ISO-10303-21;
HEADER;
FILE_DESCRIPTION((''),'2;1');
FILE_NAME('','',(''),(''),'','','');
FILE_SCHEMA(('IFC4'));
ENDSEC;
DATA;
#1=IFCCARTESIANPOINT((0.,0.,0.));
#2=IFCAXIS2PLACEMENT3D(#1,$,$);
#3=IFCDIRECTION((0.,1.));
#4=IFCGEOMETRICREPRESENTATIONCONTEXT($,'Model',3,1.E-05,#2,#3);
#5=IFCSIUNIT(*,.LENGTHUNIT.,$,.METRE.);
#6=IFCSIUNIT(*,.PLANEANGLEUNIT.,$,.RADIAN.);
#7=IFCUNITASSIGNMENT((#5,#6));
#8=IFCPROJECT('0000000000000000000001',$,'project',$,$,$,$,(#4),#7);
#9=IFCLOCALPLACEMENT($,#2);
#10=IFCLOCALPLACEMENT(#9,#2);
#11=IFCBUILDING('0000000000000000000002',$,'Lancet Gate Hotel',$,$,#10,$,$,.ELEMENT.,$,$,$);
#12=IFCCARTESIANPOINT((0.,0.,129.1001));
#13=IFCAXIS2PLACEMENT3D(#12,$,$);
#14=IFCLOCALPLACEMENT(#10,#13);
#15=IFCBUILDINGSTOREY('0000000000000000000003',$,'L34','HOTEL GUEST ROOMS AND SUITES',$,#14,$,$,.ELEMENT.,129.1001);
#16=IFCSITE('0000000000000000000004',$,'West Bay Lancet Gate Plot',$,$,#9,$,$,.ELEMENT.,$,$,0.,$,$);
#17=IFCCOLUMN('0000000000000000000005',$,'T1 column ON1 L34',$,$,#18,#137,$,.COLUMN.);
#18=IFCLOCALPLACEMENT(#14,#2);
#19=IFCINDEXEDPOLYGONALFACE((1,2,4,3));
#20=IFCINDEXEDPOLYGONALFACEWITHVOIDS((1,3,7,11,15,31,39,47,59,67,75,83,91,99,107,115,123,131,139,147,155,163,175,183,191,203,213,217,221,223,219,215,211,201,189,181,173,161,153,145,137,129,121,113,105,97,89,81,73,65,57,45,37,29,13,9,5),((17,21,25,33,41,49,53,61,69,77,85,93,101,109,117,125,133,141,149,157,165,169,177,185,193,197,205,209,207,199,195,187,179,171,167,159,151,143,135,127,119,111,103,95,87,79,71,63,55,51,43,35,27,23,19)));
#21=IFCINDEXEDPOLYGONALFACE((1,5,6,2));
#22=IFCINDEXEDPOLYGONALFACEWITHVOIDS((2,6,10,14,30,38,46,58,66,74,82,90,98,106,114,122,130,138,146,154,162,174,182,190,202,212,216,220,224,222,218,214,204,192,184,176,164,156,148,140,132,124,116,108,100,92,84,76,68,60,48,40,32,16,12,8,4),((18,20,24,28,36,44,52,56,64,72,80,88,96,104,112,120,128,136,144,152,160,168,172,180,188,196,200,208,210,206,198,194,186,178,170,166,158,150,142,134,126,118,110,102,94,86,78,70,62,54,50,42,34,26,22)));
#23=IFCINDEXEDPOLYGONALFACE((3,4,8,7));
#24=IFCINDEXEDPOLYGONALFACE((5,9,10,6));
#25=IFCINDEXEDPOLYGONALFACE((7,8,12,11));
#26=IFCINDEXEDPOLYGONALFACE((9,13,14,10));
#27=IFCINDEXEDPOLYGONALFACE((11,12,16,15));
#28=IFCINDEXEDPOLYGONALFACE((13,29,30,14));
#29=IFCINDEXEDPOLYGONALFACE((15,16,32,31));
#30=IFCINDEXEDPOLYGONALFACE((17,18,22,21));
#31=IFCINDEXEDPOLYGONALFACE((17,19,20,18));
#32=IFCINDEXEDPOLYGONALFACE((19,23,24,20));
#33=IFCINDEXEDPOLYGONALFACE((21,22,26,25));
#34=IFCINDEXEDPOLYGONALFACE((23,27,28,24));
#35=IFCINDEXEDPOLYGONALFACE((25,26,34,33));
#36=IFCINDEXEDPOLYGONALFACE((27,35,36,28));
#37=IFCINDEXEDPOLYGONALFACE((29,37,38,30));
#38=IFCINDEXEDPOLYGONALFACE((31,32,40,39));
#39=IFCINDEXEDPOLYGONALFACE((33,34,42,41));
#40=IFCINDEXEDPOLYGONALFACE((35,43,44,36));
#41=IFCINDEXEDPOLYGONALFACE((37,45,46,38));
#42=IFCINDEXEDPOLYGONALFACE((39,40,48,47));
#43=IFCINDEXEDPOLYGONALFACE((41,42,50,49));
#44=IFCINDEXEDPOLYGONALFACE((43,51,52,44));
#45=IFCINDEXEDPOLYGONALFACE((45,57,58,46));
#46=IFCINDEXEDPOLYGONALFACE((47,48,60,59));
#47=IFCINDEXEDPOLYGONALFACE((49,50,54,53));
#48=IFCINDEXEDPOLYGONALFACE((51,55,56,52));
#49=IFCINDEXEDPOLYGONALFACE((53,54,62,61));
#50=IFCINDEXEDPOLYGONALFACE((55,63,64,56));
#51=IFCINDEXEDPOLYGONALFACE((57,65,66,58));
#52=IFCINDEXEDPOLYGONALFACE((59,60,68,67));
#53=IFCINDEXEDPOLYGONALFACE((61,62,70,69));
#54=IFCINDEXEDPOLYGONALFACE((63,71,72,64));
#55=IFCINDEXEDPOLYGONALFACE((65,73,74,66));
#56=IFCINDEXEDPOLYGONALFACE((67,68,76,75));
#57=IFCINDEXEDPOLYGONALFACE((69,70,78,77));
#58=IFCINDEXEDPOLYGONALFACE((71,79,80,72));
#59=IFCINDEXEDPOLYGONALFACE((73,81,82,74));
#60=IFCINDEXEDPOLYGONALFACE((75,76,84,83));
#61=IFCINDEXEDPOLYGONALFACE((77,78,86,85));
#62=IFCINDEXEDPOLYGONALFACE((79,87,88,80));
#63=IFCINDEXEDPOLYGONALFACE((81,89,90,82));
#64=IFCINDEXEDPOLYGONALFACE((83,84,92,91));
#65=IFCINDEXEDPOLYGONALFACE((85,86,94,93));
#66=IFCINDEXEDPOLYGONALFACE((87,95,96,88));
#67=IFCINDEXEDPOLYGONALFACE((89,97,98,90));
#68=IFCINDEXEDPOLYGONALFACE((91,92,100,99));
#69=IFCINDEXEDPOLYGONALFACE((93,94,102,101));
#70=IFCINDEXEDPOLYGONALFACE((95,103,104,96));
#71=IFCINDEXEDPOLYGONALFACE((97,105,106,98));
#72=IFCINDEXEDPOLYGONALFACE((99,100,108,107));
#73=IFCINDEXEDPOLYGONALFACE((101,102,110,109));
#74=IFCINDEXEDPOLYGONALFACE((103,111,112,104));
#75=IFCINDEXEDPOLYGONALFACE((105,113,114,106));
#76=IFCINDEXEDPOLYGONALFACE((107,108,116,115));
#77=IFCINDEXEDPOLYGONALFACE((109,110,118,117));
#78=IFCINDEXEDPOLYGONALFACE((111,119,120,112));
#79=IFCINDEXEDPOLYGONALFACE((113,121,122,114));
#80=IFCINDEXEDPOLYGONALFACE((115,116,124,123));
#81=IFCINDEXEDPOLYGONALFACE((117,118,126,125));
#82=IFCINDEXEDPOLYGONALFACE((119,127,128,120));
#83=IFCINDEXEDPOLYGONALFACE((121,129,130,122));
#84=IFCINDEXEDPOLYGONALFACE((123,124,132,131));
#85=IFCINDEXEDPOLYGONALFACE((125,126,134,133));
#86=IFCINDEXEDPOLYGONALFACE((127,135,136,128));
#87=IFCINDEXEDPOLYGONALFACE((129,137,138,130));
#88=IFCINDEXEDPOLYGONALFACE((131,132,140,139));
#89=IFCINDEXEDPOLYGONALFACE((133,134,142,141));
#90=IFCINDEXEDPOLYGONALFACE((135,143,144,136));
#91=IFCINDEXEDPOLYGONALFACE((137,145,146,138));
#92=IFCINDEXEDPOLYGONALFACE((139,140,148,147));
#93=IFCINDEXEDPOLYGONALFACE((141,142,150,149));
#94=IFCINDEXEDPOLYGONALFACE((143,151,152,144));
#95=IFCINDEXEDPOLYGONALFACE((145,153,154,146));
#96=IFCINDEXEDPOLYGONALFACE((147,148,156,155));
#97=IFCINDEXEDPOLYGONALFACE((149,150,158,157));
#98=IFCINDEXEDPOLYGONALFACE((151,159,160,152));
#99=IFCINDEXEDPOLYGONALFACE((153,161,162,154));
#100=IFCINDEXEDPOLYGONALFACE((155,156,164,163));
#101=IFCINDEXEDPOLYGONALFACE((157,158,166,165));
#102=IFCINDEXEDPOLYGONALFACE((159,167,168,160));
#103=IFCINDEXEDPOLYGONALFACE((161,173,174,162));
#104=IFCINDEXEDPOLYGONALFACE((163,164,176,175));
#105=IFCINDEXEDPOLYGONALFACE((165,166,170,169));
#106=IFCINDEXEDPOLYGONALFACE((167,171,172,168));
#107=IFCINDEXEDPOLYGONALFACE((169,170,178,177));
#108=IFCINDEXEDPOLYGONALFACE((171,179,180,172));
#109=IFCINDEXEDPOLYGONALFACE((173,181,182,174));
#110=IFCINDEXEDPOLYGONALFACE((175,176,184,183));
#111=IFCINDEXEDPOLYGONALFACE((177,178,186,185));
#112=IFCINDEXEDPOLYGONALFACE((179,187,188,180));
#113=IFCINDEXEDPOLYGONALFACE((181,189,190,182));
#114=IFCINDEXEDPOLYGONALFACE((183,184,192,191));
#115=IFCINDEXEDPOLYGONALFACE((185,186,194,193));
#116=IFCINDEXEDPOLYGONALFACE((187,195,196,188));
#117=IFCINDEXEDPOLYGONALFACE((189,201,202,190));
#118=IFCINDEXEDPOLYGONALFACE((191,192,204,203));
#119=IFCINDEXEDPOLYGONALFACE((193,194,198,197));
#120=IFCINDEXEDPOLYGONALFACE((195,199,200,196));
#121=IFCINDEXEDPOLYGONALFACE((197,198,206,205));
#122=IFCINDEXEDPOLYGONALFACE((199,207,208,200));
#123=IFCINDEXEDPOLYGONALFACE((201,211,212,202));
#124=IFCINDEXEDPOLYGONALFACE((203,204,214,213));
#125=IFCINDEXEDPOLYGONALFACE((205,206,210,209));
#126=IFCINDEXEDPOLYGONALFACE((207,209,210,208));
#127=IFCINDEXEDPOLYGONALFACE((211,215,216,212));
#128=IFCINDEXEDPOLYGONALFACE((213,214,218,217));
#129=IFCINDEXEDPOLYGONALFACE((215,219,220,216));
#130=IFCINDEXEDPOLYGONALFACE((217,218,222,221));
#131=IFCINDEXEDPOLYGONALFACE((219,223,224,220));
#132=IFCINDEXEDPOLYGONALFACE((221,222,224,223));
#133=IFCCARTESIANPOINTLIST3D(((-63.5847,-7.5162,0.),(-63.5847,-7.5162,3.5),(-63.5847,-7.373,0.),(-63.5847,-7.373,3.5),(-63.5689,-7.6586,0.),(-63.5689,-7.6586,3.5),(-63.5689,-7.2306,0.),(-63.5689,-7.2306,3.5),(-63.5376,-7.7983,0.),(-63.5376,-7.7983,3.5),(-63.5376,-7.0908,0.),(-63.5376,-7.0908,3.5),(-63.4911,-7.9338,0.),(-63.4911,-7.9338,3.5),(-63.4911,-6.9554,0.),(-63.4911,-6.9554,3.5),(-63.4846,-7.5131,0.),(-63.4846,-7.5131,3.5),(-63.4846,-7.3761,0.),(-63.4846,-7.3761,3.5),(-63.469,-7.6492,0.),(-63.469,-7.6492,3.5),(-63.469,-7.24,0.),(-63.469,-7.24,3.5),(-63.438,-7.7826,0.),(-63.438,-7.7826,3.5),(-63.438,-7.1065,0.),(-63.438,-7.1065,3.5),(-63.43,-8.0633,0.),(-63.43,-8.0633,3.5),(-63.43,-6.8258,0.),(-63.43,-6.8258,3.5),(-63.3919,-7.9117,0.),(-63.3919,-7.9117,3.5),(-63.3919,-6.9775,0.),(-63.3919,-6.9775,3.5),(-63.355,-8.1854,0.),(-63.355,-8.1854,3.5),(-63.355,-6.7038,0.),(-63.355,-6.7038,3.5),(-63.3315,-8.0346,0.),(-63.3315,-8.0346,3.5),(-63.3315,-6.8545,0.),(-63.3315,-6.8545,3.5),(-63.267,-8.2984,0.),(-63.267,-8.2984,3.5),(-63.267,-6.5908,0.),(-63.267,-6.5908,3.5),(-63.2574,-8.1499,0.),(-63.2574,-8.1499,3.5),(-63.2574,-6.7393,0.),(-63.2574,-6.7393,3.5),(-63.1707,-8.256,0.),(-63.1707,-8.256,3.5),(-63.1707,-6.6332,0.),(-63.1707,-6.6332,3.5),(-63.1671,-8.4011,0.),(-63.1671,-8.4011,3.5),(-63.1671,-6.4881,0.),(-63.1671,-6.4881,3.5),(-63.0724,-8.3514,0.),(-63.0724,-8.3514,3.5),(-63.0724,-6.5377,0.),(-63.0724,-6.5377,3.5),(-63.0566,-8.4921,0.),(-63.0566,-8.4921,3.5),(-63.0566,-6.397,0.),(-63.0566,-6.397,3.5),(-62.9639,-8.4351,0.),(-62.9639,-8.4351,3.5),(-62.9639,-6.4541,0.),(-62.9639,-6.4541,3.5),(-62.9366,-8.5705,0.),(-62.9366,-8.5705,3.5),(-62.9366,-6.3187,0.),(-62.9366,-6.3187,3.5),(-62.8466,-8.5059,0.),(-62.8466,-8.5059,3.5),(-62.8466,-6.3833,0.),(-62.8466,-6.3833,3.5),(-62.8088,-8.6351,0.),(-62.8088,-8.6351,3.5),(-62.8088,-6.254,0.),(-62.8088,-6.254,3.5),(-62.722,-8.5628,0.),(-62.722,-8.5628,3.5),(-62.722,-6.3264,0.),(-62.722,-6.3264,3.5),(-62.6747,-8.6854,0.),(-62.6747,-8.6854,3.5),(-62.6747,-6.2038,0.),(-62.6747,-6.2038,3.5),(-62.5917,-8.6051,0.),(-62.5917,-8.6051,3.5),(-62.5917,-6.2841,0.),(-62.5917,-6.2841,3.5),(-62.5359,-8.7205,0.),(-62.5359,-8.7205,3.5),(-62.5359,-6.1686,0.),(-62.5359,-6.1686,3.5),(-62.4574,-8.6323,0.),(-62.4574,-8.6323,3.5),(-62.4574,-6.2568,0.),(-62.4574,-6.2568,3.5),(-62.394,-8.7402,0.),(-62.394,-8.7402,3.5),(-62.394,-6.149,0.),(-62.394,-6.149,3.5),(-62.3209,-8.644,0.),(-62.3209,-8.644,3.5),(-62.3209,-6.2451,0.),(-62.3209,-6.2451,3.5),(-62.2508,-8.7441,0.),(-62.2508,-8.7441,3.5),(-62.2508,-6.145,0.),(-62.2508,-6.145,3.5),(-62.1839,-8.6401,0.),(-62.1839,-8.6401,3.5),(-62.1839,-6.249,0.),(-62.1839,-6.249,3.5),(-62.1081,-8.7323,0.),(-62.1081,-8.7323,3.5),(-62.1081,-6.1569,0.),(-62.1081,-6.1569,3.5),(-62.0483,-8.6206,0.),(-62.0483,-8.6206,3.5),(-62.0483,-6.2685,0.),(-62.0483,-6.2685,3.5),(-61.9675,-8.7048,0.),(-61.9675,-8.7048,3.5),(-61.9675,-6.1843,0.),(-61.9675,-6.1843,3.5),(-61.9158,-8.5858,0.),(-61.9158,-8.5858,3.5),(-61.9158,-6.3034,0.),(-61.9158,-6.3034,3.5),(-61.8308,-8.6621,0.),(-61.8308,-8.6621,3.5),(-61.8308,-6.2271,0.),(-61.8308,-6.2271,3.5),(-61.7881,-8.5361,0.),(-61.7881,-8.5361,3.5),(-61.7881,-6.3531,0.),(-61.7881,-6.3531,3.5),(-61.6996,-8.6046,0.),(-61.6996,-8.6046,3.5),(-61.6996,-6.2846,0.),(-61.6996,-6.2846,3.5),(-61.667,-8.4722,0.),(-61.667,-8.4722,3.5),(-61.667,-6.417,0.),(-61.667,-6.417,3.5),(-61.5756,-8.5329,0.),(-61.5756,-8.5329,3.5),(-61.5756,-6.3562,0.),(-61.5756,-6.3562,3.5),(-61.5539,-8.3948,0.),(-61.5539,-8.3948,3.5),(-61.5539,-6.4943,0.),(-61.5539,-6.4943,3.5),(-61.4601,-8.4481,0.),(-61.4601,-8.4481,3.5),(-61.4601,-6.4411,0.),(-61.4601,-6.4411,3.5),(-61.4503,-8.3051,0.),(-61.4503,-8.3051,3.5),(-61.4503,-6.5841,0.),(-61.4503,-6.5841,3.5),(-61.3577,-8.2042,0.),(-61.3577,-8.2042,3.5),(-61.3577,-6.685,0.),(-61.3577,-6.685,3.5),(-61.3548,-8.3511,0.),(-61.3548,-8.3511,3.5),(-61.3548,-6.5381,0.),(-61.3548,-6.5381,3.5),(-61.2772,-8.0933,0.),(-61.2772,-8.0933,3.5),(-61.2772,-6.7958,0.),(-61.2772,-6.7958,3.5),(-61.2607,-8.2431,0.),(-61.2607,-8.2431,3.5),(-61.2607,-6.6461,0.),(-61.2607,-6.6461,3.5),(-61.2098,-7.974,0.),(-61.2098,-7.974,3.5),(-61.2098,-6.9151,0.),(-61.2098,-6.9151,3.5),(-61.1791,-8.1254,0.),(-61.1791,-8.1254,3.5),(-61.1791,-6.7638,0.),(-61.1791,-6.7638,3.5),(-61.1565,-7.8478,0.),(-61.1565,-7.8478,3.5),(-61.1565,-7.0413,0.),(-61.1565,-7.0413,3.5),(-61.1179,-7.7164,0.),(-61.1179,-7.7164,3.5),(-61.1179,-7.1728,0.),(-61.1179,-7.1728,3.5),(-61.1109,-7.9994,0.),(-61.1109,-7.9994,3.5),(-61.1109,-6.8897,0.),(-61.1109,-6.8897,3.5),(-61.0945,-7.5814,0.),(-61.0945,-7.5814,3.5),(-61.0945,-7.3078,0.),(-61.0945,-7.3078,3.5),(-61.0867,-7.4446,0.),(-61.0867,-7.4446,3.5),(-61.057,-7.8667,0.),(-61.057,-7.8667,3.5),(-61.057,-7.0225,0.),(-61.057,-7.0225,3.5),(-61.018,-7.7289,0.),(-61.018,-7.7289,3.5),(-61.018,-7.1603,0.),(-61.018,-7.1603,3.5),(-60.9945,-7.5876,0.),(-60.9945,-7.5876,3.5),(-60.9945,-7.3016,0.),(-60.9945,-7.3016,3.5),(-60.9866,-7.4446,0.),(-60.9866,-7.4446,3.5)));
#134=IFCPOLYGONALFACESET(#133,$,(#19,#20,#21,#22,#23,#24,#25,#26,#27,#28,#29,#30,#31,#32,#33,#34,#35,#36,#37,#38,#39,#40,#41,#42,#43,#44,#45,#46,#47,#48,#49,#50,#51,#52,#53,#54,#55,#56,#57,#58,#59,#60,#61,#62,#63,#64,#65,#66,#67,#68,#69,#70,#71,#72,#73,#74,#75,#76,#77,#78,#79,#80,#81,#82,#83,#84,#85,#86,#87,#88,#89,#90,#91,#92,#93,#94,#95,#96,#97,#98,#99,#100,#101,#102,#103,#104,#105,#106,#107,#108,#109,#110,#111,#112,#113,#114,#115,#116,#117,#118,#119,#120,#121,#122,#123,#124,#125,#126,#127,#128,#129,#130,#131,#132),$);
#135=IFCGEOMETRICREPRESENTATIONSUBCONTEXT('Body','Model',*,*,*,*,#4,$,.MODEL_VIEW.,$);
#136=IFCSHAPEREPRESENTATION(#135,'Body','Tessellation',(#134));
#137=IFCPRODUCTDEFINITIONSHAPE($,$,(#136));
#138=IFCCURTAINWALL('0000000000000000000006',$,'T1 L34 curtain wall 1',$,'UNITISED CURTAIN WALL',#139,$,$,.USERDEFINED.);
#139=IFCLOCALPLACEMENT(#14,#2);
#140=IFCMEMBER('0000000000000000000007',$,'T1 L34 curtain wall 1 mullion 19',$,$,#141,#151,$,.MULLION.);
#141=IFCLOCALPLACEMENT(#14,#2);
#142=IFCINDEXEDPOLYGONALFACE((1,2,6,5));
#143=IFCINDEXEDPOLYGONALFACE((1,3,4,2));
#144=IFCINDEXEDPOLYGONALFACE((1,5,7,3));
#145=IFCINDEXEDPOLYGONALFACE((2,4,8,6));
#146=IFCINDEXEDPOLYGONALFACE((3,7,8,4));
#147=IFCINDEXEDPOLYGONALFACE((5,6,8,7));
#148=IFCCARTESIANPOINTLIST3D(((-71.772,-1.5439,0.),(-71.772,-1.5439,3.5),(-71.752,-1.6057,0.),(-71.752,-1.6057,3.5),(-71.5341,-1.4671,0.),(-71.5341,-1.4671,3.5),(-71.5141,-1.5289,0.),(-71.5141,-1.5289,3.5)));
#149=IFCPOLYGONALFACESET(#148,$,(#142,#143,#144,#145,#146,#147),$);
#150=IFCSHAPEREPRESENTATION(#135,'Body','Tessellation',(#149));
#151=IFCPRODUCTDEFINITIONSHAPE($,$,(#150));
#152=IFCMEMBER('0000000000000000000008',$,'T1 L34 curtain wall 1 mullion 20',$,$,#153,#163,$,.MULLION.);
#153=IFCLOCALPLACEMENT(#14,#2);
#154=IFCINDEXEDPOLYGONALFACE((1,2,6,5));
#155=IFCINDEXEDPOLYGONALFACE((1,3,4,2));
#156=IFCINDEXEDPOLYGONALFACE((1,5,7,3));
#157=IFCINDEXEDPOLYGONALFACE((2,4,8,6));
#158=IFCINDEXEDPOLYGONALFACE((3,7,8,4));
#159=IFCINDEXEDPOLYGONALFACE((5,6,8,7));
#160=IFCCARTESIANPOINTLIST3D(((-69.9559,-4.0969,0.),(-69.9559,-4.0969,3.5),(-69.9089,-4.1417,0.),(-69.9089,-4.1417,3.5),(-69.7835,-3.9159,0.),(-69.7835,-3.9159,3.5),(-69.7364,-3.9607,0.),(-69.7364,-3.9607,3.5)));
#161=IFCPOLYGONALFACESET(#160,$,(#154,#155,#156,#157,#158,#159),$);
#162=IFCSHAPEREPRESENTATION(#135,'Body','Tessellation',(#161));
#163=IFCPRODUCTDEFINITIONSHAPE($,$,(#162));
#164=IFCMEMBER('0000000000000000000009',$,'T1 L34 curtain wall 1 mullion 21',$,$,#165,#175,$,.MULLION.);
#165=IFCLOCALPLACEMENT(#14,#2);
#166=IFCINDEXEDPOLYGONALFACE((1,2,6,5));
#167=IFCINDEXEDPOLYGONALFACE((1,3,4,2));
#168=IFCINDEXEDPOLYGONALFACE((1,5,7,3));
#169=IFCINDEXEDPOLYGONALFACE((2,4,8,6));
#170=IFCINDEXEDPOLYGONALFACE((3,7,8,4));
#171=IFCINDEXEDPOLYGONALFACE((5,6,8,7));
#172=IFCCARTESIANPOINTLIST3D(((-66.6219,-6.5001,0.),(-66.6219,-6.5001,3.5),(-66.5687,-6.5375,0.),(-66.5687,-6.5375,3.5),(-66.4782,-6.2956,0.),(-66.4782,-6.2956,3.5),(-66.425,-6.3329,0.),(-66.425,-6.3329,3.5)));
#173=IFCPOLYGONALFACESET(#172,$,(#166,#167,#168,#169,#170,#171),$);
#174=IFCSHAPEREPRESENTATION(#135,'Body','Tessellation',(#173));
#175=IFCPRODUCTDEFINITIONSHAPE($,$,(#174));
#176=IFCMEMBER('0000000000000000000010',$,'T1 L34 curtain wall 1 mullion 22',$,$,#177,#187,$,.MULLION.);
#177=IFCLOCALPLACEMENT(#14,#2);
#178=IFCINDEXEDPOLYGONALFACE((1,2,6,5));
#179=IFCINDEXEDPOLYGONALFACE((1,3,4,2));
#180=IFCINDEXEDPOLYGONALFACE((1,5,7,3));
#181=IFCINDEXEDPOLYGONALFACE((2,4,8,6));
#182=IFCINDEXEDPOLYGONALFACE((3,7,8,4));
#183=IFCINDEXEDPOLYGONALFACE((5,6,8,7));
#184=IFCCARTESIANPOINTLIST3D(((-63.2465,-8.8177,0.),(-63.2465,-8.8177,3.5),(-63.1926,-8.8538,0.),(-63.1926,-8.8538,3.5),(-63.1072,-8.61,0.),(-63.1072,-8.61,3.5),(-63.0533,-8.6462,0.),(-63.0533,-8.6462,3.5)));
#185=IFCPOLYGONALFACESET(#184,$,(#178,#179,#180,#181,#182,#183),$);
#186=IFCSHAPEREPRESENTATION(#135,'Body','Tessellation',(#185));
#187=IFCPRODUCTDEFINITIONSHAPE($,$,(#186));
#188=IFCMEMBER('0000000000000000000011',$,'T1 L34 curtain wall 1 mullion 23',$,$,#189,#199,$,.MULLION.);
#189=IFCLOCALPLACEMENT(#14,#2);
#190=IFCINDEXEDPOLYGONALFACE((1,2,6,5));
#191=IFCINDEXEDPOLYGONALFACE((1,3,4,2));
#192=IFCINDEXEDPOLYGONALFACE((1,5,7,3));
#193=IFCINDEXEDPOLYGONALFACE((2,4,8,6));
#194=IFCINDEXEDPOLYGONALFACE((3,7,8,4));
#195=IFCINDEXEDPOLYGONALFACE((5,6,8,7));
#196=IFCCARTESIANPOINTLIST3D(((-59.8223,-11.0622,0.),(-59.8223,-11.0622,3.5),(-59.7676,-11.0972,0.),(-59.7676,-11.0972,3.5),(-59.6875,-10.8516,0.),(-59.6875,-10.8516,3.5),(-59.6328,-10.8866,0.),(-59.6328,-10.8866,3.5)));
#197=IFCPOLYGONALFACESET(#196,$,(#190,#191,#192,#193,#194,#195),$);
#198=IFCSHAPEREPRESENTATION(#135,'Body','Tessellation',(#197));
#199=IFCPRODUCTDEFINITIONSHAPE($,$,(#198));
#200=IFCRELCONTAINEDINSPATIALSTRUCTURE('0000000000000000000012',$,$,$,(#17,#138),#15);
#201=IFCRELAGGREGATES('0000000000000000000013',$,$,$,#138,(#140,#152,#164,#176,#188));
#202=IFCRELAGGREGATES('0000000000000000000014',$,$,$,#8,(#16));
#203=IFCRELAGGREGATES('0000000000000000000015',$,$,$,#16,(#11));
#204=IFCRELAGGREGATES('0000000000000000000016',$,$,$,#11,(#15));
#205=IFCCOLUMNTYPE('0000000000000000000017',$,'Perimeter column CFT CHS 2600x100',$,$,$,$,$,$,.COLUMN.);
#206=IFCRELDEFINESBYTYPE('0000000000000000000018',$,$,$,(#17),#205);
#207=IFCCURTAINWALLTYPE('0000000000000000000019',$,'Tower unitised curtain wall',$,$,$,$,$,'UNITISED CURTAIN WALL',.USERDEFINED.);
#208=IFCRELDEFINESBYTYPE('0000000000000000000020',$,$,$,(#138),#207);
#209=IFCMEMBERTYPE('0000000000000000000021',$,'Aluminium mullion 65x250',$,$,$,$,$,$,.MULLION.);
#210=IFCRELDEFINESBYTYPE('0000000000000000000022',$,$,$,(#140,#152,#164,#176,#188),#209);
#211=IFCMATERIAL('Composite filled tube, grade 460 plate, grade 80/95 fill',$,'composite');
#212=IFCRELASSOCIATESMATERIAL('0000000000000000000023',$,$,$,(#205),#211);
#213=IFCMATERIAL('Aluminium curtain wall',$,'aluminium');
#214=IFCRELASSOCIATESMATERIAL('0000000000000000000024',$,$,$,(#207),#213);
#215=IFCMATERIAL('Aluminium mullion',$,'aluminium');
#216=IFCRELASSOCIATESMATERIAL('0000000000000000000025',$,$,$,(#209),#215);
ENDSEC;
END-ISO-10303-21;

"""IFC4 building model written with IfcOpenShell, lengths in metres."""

from ifc_helpers import new_model, si_unit, direction, frame, origin, origin_2d, place, context, subcontext, project, spatial, rectangle, hollow_circle, extrude, material, material_profile, profile_set, type_object, element, aggregate, save


model = new_model("IFC4")

# Units and contexts
model_context = context("Model", 3, precision=1e-05, world=origin(), true_north=direction((0.0, 1.0)))
body_context = subcontext(model_context, "Body", "Model", "MODEL_VIEW")
ifc_project = project(units=[si_unit("LENGTHUNIT", "METRE"), si_unit("PLANEANGLEUNIT", "RADIAN")], contexts=[model_context])

# Site, building, storey
site_placement = place(None, origin())
site = spatial("IfcSite", under=ifc_project, at=site_placement, Name="West Bay Lancet Gate Plot", CompositionType="ELEMENT", RefElevation=0.0)
building_placement = place(site_placement, origin())
building = spatial("IfcBuilding", under=site, at=building_placement, Name="Lancet Gate Hotel", CompositionType="ELEMENT")
storey_placement = place(building_placement, frame((0.0, 0.0, 129.1001)))
storey = spatial("IfcBuildingStorey", under=building, at=storey_placement, Name="L34", Description="HOTEL GUEST ROOMS AND SUITES", CompositionType="ELEMENT", Elevation=129.1001)

# Column
ifc_material_1 = material(Name="Composite filled tube, grade 460 plate, grade 80/95 fill", Category="composite")
ifc_material_profile_1 = material_profile(ifc_material_1, hollow_circle(Radius=1.3, WallThickness=0.1001, at=origin_2d()), Name="CHS 2600x100")
ifc_profile_set_1 = profile_set([ifc_material_profile_1], Name="Composite filled tube, grade 460 plate, grade 80/95 fill")
column_type_1 = type_object("IfcColumnType", Name="Perimeter column CFT CHS 2600x100", PredefinedType="COLUMN", material=ifc_profile_set_1)
column_1_placement = place(storey_placement, frame((-62.2866, -7.4446, 0.0), z_axis=(0.0, 0.0, 1.0), x_axis=(1.0, 0.0, 0.0)))
element("IfcColumn", 1, at=column_1_placement, inside=storey, type_object=column_type_1, Name="T1 column ON1 L34", PredefinedType="COLUMN", context=body_context, shape_type="SweptSolid", body=[
    extrude(hollow_circle(Radius=1.3, WallThickness=0.1001, at=origin_2d()), origin(), (0.0, 0.0, 1.0), 3.5),
])

# Curtain wall, members
ifc_material_2 = material(Name="Aluminium curtain wall", Category="aluminium")
curtain_wall_type = type_object("IfcCurtainWallType", Name="Tower unitised curtain wall", ElementType="UNITISED CURTAIN WALL", PredefinedType="USERDEFINED", material=ifc_material_2)
curtain_wall_placement = place(storey_placement, origin())
curtain_wall = element("IfcCurtainWall", 2, at=curtain_wall_placement, inside=storey, type_object=curtain_wall_type, Name="T1 L34 curtain wall 1", ObjectType="UNITISED CURTAIN WALL", PredefinedType="USERDEFINED")
ifc_material_3 = material(Name="Aluminium mullion", Category="aluminium")
ifc_material_profile_2 = material_profile(ifc_material_3, rectangle(XDim=0.0649, YDim=0.25, at=origin_2d()), Name="MULLION 65x250")
ifc_profile_set_2 = profile_set([ifc_material_profile_2], Name="Aluminium mullion")
member_type_1 = type_object("IfcMemberType", Name="Aluminium mullion 65x250", PredefinedType="MULLION", material=ifc_profile_set_2)
member_1_placement = place(storey_placement, frame((-71.6431, -1.5364, 0.0), z_axis=(0.0, 0.0, 1.0), x_axis=(0.307269, -0.951623, 0.0)))
member_1 = element("IfcMember", 3, at=member_1_placement, type_object=member_type_1, Name="T1 L34 curtain wall 1 mullion 19", PredefinedType="MULLION", context=body_context, shape_type="SweptSolid", body=[
    extrude(rectangle(XDim=0.0649, YDim=0.25, at=origin_2d()), origin(), (0.0, 0.0, 1.0), 3.5),
])
member_2_placement = place(storey_placement, frame((-69.8462, -4.0288, 0.0), z_axis=(0.0, 0.0, 1.0), x_axis=(0.723846, -0.689961, 0.0)))
member_2 = element("IfcMember", 4, at=member_2_placement, type_object=member_type_1, Name="T1 L34 curtain wall 1 mullion 20", PredefinedType="MULLION", context=body_context, shape_type="SweptSolid", body=[
    extrude(rectangle(XDim=0.0649, YDim=0.25, at=origin_2d()), origin(), (0.0, 0.0, 1.0), 3.5),
])
member_3_placement = place(storey_placement, frame((-66.5234, -6.4165, 0.0), z_axis=(0.0, 0.0, 1.0), x_axis=(0.818327, -0.574753, 0.0)))
member_3 = element("IfcMember", 5, at=member_3_placement, type_object=member_type_1, Name="T1 L34 curtain wall 1 mullion 21", PredefinedType="MULLION", context=body_context, shape_type="SweptSolid", body=[
    extrude(rectangle(XDim=0.0649, YDim=0.25, at=origin_2d()), origin(), (0.0, 0.0, 1.0), 3.5),
])
member_4_placement = place(storey_placement, frame((-63.1499, -8.7319, 0.0), z_axis=(0.0, 0.0, 1.0), x_axis=(0.83051, -0.557004, 0.0)))
member_4 = element("IfcMember", 6, at=member_4_placement, type_object=member_type_1, Name="T1 L34 curtain wall 1 mullion 22", PredefinedType="MULLION", context=body_context, shape_type="SweptSolid", body=[
    extrude(rectangle(XDim=0.0649, YDim=0.25, at=origin_2d()), origin(), (0.0, 0.0, 1.0), 3.5),
])
member_5_placement = place(storey_placement, frame((-59.7275, -10.9744, 0.0), z_axis=(0.0, 0.0, 1.0), x_axis=(0.842308, -0.538996, 0.0)))
member_5 = element("IfcMember", 7, at=member_5_placement, type_object=member_type_1, Name="T1 L34 curtain wall 1 mullion 23", PredefinedType="MULLION", context=body_context, shape_type="SweptSolid", body=[
    extrude(rectangle(XDim=0.0649, YDim=0.25, at=origin_2d()), origin(), (0.0, 0.0, 1.0), 3.5),
])

aggregate(curtain_wall, [member_1, member_2, member_3, member_4, member_5])

save(model, "model.ifc")
